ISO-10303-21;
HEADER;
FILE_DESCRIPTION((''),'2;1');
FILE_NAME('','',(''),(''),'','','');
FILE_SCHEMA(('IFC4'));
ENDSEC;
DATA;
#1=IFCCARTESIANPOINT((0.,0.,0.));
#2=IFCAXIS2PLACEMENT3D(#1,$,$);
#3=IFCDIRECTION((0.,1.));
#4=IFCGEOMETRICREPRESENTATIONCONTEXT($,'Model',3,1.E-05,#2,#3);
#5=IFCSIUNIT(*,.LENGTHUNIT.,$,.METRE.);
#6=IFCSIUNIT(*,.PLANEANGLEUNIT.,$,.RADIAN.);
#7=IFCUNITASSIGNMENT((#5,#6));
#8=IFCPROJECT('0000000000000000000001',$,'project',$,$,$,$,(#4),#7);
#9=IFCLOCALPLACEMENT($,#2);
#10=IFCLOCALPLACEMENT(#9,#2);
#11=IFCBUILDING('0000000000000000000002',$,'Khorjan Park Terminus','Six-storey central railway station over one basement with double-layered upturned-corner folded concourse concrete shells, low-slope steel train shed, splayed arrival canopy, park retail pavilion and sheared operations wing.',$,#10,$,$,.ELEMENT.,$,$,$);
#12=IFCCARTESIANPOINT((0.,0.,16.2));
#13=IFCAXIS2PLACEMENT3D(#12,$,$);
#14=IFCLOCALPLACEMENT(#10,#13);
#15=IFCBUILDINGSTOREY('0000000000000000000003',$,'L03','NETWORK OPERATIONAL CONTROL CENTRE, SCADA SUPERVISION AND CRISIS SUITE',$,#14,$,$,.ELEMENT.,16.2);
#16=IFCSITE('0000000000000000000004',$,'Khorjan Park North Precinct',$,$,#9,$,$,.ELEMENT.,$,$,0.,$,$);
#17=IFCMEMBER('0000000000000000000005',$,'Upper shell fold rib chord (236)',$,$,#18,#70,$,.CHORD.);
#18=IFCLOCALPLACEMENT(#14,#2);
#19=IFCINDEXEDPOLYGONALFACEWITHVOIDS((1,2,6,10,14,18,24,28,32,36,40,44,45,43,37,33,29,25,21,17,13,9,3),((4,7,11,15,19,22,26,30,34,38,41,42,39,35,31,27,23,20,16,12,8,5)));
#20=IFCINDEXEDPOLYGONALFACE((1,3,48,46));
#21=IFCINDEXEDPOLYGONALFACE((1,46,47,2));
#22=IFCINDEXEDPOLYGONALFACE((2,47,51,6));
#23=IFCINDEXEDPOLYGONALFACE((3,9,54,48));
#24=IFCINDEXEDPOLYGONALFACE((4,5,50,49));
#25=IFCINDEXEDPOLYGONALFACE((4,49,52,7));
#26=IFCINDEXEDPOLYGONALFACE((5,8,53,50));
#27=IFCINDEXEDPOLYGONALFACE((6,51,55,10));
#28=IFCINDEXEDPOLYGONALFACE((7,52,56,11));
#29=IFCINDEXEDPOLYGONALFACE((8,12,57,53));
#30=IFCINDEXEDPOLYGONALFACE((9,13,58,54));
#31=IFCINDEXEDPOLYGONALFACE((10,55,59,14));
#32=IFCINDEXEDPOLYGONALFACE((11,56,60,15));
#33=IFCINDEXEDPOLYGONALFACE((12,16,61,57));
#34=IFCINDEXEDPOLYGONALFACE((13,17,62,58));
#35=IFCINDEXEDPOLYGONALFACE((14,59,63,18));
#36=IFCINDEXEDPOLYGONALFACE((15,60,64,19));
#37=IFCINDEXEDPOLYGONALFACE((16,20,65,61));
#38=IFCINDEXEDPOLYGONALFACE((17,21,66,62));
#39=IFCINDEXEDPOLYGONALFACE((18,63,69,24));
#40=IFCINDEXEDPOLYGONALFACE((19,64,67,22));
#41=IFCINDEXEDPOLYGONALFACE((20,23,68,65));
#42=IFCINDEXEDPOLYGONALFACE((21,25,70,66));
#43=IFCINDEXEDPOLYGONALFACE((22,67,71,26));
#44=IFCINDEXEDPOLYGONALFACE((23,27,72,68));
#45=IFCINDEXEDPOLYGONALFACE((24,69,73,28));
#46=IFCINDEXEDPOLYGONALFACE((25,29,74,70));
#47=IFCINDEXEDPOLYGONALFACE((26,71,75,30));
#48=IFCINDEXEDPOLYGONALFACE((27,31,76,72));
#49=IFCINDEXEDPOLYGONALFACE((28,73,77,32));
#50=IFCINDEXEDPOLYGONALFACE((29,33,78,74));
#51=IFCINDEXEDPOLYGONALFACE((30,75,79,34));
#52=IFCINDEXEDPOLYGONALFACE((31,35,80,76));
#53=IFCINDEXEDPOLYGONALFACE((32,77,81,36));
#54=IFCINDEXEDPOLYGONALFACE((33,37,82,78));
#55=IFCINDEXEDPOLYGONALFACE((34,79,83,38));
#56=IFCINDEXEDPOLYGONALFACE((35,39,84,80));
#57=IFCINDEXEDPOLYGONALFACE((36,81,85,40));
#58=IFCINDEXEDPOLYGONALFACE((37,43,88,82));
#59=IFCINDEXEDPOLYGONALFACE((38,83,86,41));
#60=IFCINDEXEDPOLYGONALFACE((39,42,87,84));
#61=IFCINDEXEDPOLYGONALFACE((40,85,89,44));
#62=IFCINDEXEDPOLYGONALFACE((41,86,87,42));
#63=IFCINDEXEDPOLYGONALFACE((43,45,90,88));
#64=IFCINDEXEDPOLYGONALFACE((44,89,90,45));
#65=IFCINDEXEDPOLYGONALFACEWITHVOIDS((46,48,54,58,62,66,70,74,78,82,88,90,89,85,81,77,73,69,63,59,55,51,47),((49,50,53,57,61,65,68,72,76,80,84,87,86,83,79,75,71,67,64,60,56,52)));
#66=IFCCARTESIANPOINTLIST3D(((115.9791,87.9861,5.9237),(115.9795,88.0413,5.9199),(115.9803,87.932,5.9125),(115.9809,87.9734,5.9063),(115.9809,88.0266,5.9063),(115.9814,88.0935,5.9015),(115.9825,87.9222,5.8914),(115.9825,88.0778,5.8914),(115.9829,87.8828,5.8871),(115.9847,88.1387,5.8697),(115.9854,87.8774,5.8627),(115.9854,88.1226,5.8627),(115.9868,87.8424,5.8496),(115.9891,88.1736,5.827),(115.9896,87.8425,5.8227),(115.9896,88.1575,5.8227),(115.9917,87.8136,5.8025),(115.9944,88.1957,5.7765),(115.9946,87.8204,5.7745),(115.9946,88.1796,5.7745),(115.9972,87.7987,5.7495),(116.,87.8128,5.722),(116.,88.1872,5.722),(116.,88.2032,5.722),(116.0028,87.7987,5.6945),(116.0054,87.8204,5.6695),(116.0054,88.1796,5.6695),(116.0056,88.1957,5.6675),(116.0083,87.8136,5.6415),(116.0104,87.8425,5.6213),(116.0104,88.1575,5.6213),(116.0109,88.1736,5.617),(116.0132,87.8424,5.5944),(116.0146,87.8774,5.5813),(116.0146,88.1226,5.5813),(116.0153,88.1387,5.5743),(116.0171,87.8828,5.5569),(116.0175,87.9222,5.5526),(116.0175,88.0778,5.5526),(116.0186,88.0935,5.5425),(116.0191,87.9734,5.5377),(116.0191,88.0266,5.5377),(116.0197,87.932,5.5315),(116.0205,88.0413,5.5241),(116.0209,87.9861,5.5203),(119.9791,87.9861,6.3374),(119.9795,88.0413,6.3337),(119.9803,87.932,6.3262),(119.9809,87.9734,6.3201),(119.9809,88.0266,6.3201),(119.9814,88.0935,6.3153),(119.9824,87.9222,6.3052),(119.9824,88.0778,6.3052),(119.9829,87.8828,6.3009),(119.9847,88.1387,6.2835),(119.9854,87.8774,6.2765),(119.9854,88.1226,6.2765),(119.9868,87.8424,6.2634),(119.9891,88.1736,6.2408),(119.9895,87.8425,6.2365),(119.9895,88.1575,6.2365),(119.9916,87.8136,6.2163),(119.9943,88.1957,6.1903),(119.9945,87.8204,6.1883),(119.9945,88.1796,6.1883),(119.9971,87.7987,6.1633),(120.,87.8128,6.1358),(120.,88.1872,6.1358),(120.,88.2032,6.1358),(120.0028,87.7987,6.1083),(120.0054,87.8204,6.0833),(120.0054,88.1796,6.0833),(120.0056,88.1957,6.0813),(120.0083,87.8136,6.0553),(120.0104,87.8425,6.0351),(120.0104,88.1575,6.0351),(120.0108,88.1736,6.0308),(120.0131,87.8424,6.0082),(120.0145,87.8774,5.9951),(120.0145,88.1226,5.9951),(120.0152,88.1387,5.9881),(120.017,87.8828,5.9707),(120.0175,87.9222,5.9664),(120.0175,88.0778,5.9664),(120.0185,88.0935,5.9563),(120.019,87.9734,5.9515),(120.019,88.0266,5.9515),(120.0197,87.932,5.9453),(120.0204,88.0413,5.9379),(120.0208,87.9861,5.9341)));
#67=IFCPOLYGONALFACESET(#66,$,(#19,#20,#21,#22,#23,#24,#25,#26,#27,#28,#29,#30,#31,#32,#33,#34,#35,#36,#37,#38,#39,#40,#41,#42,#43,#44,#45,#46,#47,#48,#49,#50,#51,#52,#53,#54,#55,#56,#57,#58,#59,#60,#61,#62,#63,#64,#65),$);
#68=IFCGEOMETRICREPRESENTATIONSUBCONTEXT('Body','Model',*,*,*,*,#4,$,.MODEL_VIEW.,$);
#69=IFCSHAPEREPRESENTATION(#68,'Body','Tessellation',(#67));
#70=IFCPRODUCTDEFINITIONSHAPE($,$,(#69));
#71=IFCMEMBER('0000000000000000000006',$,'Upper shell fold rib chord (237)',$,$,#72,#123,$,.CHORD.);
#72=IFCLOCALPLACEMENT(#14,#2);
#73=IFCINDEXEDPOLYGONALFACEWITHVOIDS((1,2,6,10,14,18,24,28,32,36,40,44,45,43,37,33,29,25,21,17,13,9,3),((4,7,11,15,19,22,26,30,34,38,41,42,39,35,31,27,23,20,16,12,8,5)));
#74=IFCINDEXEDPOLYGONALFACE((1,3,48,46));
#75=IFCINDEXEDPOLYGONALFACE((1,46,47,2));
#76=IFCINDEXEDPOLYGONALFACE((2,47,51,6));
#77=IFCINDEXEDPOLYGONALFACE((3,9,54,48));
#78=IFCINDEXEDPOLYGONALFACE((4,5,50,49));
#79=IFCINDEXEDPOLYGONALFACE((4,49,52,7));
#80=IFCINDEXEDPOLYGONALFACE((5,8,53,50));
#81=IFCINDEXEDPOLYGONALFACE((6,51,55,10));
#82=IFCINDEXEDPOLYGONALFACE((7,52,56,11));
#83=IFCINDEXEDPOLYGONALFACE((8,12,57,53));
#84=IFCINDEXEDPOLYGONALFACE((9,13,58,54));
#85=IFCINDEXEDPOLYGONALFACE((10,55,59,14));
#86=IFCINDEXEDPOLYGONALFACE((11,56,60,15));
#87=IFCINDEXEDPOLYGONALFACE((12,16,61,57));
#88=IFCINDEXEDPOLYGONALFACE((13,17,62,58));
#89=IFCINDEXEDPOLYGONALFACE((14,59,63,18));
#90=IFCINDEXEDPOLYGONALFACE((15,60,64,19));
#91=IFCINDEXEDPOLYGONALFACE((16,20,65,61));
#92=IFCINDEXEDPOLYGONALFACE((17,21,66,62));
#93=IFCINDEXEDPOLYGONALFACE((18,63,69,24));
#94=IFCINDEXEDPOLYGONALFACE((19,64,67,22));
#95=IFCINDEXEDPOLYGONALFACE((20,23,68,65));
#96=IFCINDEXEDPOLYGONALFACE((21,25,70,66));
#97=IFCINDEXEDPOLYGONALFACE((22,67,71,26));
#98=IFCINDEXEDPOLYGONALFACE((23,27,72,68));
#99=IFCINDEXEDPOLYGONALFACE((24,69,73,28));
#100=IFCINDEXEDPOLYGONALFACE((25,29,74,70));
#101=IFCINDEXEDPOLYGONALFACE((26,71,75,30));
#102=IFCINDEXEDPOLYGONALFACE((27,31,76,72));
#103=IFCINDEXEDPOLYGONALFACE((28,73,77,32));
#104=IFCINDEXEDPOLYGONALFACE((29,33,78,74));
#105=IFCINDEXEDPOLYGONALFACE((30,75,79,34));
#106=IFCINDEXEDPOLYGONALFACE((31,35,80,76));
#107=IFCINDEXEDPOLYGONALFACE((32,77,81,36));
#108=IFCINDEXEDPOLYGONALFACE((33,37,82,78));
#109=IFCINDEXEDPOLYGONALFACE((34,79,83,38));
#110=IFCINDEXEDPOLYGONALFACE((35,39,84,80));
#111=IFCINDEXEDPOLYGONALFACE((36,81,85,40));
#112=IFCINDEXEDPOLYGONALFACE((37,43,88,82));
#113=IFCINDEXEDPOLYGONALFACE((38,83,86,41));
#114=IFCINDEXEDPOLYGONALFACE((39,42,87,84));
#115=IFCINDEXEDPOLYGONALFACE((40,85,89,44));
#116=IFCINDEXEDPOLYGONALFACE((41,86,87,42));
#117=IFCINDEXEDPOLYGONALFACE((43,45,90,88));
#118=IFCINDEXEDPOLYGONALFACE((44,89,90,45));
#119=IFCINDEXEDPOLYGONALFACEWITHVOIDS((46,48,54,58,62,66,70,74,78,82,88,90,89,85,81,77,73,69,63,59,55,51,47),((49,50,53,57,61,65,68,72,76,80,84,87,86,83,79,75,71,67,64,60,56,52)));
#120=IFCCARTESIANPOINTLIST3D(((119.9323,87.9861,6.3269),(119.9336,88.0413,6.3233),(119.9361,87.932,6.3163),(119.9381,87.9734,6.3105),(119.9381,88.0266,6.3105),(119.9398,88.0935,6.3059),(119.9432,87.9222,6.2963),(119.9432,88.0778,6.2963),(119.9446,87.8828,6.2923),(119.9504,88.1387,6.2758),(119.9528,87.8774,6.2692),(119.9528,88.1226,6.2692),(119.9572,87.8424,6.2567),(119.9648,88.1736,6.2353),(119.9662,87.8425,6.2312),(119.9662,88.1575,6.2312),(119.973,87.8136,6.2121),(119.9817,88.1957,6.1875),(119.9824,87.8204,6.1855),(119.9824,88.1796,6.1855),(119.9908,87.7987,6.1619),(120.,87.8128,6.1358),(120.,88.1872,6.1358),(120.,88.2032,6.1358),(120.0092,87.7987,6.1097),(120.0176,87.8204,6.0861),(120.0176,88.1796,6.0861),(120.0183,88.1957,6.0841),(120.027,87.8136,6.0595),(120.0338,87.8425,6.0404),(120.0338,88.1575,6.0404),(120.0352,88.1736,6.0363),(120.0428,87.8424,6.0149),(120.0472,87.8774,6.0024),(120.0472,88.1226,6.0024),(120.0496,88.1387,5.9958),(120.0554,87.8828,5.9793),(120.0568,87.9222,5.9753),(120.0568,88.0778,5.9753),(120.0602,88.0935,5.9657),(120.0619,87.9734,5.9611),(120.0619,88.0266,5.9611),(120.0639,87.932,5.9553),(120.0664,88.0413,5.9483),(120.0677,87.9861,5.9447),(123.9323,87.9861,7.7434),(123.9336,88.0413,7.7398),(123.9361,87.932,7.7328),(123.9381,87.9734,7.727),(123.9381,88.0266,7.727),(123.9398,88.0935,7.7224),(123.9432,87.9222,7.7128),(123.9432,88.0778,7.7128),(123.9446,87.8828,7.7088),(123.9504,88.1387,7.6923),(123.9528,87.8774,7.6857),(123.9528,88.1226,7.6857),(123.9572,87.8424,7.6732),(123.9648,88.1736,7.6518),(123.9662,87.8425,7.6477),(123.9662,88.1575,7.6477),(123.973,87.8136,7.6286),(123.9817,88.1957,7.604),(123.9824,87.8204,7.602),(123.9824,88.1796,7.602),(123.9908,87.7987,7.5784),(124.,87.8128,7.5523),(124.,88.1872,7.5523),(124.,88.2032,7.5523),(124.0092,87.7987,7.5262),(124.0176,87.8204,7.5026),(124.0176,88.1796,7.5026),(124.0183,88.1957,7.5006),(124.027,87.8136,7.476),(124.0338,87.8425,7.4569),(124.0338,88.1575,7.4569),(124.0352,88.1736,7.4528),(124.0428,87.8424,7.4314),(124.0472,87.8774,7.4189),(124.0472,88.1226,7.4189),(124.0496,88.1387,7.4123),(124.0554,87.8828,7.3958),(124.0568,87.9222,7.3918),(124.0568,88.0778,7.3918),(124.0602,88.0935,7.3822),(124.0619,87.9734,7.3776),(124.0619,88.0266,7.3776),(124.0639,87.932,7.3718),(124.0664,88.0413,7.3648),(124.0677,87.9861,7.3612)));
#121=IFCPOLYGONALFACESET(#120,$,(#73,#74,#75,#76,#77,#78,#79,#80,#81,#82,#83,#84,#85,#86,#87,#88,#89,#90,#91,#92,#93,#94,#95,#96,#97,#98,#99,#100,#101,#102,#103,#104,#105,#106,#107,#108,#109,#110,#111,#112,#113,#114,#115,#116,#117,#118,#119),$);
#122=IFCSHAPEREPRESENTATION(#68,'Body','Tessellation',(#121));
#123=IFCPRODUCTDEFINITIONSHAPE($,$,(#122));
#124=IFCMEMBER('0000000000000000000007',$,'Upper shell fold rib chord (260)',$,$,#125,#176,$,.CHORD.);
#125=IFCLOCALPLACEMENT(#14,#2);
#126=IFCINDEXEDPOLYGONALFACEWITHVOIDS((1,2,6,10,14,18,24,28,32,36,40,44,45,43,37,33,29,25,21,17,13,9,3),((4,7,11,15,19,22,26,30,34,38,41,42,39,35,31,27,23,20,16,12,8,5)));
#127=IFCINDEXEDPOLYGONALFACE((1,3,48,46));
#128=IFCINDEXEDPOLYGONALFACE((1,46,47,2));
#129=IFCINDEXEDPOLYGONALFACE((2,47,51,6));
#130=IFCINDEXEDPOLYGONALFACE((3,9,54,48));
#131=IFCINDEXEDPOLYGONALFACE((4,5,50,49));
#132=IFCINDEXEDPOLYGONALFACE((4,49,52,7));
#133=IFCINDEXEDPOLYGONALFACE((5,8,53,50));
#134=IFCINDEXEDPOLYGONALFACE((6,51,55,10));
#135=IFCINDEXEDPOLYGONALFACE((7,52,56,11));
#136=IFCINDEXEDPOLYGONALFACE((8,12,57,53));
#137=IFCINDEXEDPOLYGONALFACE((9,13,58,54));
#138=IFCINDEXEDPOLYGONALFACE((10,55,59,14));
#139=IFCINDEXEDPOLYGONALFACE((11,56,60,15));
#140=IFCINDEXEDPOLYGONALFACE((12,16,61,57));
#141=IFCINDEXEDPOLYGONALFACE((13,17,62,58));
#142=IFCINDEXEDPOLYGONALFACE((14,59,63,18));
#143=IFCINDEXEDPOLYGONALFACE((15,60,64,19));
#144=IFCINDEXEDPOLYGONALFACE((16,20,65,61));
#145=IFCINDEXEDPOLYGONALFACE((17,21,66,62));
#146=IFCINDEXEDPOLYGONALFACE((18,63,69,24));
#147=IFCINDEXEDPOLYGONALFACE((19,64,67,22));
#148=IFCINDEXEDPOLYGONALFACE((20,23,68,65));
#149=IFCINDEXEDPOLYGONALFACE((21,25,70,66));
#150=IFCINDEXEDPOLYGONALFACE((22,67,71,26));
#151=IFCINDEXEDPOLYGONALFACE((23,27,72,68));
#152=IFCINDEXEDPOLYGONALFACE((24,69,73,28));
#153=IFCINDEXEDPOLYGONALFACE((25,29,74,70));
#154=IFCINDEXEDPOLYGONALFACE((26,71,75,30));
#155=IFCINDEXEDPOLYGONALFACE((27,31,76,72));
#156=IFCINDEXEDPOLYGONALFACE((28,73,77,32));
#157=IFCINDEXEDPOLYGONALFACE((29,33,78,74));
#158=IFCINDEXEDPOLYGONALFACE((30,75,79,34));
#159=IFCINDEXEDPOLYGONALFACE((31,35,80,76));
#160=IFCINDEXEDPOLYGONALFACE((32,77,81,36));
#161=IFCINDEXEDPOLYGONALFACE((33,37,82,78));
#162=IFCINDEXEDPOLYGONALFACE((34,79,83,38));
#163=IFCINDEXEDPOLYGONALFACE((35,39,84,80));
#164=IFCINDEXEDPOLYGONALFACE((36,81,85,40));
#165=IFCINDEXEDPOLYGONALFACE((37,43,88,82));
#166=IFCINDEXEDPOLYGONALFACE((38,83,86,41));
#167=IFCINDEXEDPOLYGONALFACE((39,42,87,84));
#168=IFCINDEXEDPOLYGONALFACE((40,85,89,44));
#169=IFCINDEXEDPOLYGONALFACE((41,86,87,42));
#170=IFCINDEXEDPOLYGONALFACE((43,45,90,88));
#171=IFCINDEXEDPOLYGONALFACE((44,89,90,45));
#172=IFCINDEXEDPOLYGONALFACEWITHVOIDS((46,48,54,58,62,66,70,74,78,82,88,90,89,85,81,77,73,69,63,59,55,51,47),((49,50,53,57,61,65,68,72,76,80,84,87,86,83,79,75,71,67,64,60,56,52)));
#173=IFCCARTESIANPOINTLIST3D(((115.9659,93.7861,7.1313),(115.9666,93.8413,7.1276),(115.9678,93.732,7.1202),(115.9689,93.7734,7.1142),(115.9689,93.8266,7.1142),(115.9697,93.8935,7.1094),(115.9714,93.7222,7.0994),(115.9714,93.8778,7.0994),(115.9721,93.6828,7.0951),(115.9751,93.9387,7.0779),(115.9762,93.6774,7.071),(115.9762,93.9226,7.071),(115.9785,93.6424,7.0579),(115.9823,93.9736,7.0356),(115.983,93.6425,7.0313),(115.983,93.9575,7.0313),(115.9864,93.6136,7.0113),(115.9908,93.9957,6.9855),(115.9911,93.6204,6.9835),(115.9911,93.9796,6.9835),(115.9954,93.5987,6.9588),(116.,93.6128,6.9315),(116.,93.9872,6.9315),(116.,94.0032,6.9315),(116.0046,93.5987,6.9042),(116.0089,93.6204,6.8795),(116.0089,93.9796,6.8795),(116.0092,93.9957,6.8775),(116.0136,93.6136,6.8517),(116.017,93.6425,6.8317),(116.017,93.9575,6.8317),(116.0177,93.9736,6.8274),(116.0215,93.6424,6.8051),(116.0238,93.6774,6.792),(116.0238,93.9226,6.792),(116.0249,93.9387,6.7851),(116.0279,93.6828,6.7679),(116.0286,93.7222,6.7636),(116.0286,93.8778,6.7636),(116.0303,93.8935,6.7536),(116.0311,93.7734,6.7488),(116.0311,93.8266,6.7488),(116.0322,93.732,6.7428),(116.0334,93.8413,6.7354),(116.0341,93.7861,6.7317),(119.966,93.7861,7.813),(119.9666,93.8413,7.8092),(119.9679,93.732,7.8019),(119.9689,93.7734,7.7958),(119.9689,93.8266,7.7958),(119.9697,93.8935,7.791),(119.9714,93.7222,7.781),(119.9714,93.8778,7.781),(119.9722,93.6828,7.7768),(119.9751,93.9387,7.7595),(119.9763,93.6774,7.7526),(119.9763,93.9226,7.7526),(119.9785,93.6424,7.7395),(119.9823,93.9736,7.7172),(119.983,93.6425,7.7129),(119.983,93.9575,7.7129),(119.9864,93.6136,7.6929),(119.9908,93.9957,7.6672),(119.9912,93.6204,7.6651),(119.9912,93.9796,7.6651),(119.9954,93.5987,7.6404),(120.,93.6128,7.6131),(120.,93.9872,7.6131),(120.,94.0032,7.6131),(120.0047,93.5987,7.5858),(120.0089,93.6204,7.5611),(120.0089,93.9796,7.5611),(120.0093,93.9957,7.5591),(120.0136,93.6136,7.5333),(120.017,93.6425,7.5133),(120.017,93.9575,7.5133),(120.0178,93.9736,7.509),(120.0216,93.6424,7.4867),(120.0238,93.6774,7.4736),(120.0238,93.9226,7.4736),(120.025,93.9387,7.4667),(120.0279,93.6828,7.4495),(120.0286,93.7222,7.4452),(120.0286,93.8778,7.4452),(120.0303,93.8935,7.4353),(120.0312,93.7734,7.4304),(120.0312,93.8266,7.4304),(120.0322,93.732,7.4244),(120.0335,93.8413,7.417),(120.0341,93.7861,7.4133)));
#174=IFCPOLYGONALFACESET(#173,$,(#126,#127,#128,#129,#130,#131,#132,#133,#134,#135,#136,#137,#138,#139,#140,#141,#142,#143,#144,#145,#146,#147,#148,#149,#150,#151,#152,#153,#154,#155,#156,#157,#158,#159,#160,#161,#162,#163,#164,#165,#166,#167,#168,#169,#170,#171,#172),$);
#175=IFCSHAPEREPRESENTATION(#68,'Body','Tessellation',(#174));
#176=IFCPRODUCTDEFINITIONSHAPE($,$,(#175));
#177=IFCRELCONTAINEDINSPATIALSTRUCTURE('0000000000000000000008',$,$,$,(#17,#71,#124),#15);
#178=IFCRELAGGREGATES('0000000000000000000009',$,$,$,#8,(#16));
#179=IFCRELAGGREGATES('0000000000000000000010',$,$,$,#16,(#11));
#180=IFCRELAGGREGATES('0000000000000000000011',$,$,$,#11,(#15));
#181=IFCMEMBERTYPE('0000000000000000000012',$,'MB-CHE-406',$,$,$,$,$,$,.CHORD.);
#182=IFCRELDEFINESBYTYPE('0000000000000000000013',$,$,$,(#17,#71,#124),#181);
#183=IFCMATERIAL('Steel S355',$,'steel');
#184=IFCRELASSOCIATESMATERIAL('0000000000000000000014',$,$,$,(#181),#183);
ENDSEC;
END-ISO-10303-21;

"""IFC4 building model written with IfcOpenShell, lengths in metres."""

from ifc_helpers import new_model, si_unit, direction, frame, origin, origin_2d, place, context, subcontext, project, spatial, hollow_circle, extrude, material, material_profile, profile_set, type_object, element, save


model = new_model("IFC4")

# Units and contexts
model_context = context("Model", 3, precision=1e-05, world=origin(), true_north=direction((0.0, 1.0)))
body_context = subcontext(model_context, "Body", "Model", "MODEL_VIEW")
ifc_project = project(units=[si_unit("LENGTHUNIT", "METRE"), si_unit("PLANEANGLEUNIT", "RADIAN")], contexts=[model_context])

# Site, building, storey
site_placement = place(None, origin())
site = spatial("IfcSite", under=ifc_project, at=site_placement, Name="Khorjan Park North Precinct", CompositionType="ELEMENT", RefElevation=0.0)
building_placement = place(site_placement, origin())
building = spatial("IfcBuilding", under=site, at=building_placement, Name="Khorjan Park Terminus", Description="Six-storey central railway station over one basement with double-layered upturned-corner folded concourse concrete shells, low-slope steel train shed, splayed arrival canopy, park retail pavilion and sheared operations wing.", CompositionType="ELEMENT")
storey_placement = place(building_placement, frame((0.0, 0.0, 16.2)))
storey = spatial("IfcBuildingStorey", under=building, at=storey_placement, Name="L03", Description="NETWORK OPERATIONAL CONTROL CENTRE, SCADA SUPERVISION AND CRISIS SUITE", CompositionType="ELEMENT", Elevation=16.2)

# Members
ifc_material_1 = material(Name="Steel S355", Category="steel")
ifc_material_profile_1 = material_profile(ifc_material_1, hollow_circle(Radius=0.2032, WallThickness=0.016, at=origin_2d()), Name="CHS 406.4x16")
ifc_profile_set_1 = profile_set([ifc_material_profile_1], Name="Steel S355")
member_type_1 = type_object("IfcMemberType", Name="MB-CHE-406", PredefinedType="CHORD", material=ifc_profile_set_1)
member_1_placement = place(storey_placement, frame((116.0, 88.0, 5.722), z_axis=(0.994692, 0.0, 0.102901), x_axis=(0.0, 1.0, 0.0)))
element("IfcMember", 1, at=member_1_placement, inside=storey, type_object=member_type_1, Name="Upper shell fold rib chord (236)", PredefinedType="CHORD", context=body_context, shape_type="SweptSolid", body=[
    extrude(hollow_circle(Radius=0.2032, WallThickness=0.016, at=origin_2d()), origin(), (0.0, 0.0, 1.0), 4.0213),
])
member_2_placement = place(storey_placement, frame((120.0, 88.0, 6.1358), z_axis=(0.94264, 0.0, 0.333812), x_axis=(0.0, 1.0, 0.0)))
element("IfcMember", 2, at=member_2_placement, inside=storey, type_object=member_type_1, Name="Upper shell fold rib chord (237)", PredefinedType="CHORD", context=body_context, shape_type="SweptSolid", body=[
    extrude(hollow_circle(Radius=0.2032, WallThickness=0.016, at=origin_2d()), origin(), (0.0, 0.0, 1.0), 4.2434),
])
member_3_placement = place(storey_placement, frame((116.0, 93.8, 6.9315), z_axis=(0.985791, 0.0, 0.167979), x_axis=(0.0, 1.0, 0.0)))
element("IfcMember", 3, at=member_3_placement, inside=storey, type_object=member_type_1, Name="Upper shell fold rib chord (260)", PredefinedType="CHORD", context=body_context, shape_type="SweptSolid", body=[
    extrude(hollow_circle(Radius=0.2032, WallThickness=0.016, at=origin_2d()), origin(), (0.0, 0.0, 1.0), 4.0577),
])

save(model, "model.ifc")
